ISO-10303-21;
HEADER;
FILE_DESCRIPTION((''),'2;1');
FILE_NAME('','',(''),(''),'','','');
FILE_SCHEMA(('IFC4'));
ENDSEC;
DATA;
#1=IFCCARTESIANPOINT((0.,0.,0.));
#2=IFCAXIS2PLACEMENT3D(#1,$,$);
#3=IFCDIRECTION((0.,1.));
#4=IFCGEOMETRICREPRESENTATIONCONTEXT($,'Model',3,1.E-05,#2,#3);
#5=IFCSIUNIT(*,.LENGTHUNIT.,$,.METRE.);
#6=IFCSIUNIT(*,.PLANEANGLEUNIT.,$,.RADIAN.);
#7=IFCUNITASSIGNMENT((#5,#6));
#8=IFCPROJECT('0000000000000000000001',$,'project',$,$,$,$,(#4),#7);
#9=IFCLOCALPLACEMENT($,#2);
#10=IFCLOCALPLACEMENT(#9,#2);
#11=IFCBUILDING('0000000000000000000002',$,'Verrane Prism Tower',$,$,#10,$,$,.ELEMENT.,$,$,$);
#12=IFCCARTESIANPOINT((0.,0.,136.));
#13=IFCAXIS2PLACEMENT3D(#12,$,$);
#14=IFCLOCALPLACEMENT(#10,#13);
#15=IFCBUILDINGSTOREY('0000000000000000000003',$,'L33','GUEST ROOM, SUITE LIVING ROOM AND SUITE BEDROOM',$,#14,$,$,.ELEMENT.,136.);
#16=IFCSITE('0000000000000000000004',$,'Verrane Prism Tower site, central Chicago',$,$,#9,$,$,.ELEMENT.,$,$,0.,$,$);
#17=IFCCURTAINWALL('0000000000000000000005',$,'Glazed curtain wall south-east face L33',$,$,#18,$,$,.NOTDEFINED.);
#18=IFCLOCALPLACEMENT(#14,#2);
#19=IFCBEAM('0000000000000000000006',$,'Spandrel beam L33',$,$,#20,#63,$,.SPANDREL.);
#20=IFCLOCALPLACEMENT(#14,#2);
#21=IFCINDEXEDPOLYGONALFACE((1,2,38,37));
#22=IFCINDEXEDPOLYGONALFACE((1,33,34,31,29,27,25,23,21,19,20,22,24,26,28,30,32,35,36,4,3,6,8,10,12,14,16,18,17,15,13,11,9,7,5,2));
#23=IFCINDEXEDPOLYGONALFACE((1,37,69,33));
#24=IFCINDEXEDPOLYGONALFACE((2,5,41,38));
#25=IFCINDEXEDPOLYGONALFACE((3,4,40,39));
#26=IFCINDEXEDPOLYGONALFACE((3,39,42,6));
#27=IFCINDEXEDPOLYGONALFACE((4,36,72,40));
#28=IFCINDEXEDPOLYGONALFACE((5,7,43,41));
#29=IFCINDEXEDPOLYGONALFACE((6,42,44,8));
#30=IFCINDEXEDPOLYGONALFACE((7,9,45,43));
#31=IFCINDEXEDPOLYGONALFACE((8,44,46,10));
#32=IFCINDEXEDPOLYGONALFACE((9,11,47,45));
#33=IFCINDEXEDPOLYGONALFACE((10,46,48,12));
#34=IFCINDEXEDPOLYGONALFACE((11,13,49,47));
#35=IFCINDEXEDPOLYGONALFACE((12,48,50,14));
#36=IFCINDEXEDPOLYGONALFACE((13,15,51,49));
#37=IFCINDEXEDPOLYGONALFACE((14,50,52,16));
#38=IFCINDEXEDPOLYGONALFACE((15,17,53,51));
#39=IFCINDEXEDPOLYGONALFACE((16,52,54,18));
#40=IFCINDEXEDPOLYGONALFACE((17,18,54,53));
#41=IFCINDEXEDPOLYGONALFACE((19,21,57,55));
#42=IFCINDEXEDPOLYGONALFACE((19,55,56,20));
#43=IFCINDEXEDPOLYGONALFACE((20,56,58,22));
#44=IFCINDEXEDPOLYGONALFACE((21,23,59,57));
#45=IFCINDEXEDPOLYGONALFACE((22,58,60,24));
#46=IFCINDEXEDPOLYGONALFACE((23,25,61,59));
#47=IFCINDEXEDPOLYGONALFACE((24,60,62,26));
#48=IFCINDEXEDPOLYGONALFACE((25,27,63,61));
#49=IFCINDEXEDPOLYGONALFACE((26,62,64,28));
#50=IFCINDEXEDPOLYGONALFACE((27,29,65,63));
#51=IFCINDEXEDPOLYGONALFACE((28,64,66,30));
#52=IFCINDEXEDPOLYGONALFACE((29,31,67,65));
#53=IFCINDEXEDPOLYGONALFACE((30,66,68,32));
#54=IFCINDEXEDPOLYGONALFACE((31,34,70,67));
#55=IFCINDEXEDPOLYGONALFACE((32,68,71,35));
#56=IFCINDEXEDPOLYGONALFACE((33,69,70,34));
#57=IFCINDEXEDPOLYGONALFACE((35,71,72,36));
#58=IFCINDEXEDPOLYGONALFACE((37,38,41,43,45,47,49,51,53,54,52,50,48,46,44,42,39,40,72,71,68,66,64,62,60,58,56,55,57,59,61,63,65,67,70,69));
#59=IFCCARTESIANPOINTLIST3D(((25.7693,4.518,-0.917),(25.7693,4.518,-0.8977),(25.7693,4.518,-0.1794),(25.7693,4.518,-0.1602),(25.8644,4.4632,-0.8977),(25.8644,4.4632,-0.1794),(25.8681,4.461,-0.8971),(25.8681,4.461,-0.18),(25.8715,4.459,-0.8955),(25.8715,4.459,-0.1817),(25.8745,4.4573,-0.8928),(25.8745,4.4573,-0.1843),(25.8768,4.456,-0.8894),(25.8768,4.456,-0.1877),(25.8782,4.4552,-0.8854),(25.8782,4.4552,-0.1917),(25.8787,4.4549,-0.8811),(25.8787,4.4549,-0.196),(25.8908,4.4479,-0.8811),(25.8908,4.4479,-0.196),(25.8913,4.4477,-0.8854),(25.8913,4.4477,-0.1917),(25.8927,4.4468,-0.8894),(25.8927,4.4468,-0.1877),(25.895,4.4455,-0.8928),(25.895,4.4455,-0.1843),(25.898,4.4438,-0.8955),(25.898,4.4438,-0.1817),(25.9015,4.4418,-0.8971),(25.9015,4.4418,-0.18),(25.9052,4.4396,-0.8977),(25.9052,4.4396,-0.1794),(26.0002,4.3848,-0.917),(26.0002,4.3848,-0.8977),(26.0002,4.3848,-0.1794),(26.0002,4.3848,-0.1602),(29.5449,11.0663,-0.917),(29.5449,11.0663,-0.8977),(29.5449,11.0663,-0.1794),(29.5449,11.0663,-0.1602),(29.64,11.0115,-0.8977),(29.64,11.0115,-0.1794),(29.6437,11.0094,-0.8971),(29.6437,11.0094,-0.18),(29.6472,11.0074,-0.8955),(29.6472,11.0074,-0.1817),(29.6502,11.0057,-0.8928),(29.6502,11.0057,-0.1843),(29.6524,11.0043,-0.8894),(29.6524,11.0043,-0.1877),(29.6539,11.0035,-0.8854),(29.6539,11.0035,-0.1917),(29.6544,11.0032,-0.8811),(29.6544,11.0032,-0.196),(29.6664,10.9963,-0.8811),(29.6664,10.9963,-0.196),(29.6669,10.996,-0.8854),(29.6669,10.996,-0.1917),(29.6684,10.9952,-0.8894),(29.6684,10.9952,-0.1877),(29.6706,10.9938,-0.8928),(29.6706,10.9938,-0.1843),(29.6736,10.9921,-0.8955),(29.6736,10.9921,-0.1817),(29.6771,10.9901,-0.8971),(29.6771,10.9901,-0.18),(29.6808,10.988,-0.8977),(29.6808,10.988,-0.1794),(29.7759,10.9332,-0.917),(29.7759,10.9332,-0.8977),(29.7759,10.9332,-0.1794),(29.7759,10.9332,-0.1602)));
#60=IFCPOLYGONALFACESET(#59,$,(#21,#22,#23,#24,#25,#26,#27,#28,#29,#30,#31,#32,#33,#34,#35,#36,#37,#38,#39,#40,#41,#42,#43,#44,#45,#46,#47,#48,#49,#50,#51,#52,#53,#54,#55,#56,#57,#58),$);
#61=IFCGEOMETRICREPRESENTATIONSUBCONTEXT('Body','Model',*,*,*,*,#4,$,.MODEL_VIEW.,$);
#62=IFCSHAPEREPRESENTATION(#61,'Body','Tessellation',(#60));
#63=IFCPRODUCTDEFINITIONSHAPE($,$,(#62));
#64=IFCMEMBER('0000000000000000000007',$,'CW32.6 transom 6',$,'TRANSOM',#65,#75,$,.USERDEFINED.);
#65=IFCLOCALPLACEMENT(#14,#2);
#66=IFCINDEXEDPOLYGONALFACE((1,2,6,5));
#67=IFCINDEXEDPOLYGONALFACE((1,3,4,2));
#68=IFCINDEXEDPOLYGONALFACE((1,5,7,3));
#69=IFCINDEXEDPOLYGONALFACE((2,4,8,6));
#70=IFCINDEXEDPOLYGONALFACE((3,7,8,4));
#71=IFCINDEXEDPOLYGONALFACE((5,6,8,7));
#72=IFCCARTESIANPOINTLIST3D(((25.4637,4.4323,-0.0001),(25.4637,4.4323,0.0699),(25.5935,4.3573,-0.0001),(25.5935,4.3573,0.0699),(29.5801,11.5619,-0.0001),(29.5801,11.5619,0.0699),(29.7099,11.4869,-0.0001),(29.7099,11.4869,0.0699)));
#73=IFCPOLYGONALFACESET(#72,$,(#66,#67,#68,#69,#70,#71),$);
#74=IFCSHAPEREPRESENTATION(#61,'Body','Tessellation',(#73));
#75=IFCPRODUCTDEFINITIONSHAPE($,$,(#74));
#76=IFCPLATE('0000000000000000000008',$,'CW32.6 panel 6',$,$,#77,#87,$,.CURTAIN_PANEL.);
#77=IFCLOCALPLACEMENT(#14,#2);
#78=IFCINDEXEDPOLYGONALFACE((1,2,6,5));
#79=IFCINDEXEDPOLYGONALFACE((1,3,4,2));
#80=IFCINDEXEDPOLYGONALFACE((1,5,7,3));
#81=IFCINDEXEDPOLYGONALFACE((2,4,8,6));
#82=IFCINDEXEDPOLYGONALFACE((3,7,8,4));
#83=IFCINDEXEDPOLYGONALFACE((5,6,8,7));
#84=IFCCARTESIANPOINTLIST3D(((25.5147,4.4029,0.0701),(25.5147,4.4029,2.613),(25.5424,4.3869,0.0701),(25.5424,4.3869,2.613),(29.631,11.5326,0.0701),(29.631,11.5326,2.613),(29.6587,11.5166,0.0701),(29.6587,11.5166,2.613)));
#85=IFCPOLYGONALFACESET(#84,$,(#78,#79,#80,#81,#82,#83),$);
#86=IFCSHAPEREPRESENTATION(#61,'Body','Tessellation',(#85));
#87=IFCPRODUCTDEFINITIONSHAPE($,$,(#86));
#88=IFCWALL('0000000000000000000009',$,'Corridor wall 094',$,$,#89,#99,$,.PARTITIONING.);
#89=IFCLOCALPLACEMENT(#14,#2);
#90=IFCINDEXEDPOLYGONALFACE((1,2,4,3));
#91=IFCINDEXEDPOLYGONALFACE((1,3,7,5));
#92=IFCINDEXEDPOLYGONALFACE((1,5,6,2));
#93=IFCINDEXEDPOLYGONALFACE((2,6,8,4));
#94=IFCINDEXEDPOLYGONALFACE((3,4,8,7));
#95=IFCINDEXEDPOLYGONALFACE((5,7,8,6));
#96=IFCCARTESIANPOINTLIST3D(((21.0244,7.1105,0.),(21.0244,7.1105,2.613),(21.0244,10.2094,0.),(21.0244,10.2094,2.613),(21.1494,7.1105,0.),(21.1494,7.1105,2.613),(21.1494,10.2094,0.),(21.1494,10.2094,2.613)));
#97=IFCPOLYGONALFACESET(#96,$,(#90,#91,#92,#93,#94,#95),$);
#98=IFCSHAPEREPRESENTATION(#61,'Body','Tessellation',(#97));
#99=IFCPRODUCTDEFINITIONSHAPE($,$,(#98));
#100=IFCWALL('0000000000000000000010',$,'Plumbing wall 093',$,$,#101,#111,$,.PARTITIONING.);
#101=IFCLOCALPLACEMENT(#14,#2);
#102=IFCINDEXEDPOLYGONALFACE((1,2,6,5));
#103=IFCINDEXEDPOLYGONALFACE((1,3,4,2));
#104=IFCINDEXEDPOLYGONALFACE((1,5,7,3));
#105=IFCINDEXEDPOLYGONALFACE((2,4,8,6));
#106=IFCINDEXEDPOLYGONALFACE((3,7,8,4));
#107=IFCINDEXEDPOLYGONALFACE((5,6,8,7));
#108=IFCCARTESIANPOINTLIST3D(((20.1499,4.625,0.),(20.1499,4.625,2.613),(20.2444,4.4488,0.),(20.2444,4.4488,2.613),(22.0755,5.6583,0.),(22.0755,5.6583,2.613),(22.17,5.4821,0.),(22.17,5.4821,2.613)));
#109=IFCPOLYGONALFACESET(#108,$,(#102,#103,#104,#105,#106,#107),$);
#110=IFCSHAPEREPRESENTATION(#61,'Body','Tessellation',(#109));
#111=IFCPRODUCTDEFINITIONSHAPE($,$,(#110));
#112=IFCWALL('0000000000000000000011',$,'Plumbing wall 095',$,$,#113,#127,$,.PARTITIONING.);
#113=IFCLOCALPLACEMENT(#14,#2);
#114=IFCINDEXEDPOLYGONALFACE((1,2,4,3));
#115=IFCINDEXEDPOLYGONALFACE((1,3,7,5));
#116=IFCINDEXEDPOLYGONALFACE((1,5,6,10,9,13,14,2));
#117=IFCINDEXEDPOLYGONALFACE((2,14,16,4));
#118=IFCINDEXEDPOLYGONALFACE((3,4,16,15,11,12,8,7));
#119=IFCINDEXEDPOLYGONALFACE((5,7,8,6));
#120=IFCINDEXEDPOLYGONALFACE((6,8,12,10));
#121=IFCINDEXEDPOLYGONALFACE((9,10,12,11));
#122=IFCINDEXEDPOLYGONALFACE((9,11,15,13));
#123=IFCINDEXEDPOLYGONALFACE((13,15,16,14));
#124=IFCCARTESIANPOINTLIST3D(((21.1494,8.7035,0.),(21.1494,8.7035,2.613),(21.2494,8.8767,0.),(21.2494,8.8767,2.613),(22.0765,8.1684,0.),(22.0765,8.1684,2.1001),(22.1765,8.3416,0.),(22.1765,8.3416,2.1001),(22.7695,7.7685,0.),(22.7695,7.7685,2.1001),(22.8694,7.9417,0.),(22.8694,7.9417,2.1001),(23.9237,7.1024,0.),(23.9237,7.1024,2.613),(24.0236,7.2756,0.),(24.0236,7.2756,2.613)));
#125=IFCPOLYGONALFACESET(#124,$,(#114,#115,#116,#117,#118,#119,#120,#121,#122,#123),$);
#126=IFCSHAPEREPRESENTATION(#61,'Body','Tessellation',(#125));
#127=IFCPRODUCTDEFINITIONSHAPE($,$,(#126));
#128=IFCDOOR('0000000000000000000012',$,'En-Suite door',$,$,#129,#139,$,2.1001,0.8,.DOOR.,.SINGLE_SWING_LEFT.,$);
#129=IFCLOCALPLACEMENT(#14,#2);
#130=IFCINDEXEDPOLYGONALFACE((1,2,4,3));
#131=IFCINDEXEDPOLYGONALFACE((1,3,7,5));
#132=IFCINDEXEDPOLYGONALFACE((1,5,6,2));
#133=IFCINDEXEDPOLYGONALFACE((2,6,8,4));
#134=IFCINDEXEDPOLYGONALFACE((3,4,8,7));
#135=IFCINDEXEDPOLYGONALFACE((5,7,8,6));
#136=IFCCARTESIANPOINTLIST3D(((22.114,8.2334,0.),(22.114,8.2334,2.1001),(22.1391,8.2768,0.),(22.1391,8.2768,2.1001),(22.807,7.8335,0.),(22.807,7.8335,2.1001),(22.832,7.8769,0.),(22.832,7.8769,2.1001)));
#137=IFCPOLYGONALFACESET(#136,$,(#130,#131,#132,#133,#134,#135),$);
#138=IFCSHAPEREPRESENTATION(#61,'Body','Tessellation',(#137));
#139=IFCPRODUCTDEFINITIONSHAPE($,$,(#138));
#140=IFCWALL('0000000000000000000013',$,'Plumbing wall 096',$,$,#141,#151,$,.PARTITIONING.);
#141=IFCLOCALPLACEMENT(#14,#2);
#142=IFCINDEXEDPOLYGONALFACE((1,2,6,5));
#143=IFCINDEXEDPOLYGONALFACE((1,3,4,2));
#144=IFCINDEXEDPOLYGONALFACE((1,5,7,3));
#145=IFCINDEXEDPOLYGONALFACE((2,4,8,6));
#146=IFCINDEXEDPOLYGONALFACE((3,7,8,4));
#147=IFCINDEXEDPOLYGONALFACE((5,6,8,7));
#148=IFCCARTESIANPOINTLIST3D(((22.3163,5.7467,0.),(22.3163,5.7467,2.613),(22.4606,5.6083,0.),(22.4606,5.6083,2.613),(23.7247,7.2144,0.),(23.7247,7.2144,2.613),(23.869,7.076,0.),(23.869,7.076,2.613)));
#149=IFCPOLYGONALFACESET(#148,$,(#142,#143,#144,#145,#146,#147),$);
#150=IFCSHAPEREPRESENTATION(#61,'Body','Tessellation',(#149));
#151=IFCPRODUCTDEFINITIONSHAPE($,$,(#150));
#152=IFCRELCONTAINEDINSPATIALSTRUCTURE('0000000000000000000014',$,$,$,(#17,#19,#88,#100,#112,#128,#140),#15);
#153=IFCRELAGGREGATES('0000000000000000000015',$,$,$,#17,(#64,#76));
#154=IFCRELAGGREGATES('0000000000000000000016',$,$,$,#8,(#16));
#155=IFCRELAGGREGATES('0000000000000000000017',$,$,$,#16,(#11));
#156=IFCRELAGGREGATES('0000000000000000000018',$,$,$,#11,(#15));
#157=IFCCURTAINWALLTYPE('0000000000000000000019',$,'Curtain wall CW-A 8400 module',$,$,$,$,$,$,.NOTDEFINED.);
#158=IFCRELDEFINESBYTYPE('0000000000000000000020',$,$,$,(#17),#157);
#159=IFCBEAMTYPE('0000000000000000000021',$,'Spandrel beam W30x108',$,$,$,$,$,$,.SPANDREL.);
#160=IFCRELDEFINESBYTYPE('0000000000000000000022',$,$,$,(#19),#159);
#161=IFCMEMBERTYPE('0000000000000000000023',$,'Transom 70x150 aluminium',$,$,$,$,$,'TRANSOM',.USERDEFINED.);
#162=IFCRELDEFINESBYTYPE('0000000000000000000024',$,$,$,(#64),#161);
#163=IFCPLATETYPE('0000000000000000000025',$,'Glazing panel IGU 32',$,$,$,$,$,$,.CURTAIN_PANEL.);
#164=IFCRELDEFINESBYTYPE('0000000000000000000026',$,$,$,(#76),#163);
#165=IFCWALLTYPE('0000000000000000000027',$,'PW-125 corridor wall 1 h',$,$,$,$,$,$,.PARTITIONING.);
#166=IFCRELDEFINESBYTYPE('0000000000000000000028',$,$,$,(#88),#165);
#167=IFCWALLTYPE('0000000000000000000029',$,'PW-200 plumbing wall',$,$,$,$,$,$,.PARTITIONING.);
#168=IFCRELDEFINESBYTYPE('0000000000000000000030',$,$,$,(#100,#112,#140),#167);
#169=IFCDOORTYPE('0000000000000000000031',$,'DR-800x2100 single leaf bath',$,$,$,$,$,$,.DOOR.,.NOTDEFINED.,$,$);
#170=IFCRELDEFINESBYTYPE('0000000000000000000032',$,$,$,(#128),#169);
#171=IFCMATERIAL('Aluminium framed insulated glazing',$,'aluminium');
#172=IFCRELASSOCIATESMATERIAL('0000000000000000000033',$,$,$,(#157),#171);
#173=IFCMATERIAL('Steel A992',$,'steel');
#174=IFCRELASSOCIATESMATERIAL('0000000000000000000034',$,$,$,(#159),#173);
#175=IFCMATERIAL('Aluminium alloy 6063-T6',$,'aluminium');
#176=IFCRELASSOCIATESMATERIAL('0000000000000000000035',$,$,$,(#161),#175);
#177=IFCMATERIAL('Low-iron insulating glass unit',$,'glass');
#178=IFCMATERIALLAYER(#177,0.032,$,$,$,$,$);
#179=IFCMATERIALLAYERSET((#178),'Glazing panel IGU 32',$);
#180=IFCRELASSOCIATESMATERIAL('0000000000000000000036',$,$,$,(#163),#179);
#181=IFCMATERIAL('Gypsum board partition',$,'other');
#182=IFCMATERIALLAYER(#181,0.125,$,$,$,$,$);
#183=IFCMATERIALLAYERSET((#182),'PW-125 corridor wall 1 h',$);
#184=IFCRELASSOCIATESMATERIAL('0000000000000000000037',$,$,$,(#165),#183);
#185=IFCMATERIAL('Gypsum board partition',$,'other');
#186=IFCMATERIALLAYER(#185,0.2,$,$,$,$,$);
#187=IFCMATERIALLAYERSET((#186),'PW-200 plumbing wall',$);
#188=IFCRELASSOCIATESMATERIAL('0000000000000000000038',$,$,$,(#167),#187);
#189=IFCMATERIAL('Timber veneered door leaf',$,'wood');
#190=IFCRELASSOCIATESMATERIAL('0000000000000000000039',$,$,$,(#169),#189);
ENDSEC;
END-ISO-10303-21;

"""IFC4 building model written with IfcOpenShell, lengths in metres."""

from ifc_helpers import new_model, si_unit, direction, frame, frame_2d, origin, origin_2d, place, context, subcontext, project, spatial, rectangle, i_section, extrude, material, layer, layer_set, material_profile, profile_set, type_object, element, fill, aggregate, save


model = new_model("IFC4")

# Units and contexts
model_context = context("Model", 3, precision=1e-05, world=origin(), true_north=direction((0.0, 1.0)))
body_context = subcontext(model_context, "Body", "Model", "MODEL_VIEW")
ifc_project = project(units=[si_unit("LENGTHUNIT", "METRE"), si_unit("PLANEANGLEUNIT", "RADIAN")], contexts=[model_context])

# Site, building, storey
site_placement = place(None, origin())
site = spatial("IfcSite", under=ifc_project, at=site_placement, Name="Verrane Prism Tower site, central Chicago", CompositionType="ELEMENT", RefElevation=0.0)
building_placement = place(site_placement, origin())
building = spatial("IfcBuilding", under=site, at=building_placement, Name="Verrane Prism Tower", CompositionType="ELEMENT")
storey_placement = place(building_placement, frame((0.0, 0.0, 136.0)))
storey = spatial("IfcBuildingStorey", under=building, at=storey_placement, Name="L33", Description="GUEST ROOM, SUITE LIVING ROOM AND SUITE BEDROOM", CompositionType="ELEMENT", Elevation=136.0)

# Curtain wall
ifc_material_1 = material(Name="Aluminium framed insulated glazing", Category="aluminium")
curtain_wall_type = type_object("IfcCurtainWallType", Name="Curtain wall CW-A 8400 module", PredefinedType="NOTDEFINED", material=ifc_material_1)
curtain_wall_placement = place(storey_placement, origin())
curtain_wall = element("IfcCurtainWall", 1, at=curtain_wall_placement, inside=storey, type_object=curtain_wall_type, Name="Glazed curtain wall south-east face L33", PredefinedType="NOTDEFINED")

# Beam
ifc_material_2 = material(Name="Steel A992", Category="steel")
ifc_material_profile_1 = material_profile(ifc_material_2, i_section(OverallWidth=0.2666, OverallDepth=0.7568, WebThickness=0.0139, FlangeThickness=0.0193, FilletRadius=0.0166, at=origin_2d()), Name="W30x108")
ifc_profile_set_1 = profile_set([ifc_material_profile_1], Name="Steel A992")
beam_type_1 = type_object("IfcBeamType", Name="Spandrel beam W30x108", PredefinedType="SPANDREL", material=ifc_profile_set_1)
beam_1_placement = place(storey_placement, frame((25.8848, 4.4514, -0.5386), z_axis=(0.499499, 0.866315, 0.0), x_axis=(-0.866315, 0.499499, 0.0)))
element("IfcBeam", 2, at=beam_1_placement, inside=storey, type_object=beam_type_1, Name="Spandrel beam L33", PredefinedType="SPANDREL", context=body_context, shape_type="SweptSolid", body=[
    extrude(i_section(OverallWidth=0.2666, OverallDepth=0.7568, WebThickness=0.0139, FlangeThickness=0.0193, FilletRadius=0.0166, at=origin_2d()), origin(), (0.0, 0.0, 1.0), 7.5588),
])

# Member
ifc_material_3 = material(Name="Aluminium alloy 6063-T6", Category="aluminium")
ifc_material_profile_2 = material_profile(ifc_material_3, rectangle(XDim=0.1499, YDim=0.0701, at=origin_2d()), Name="Transom 70x150 aluminium")
ifc_profile_set_2 = profile_set([ifc_material_profile_2], Name="Aluminium alloy 6063-T6")
member_type_1 = type_object("IfcMemberType", Name="Transom 70x150 aluminium", ElementType="TRANSOM", PredefinedType="USERDEFINED", material=ifc_profile_set_2)
member_1_placement = place(storey_placement, frame((25.5286, 4.3948, 0.0349), z_axis=(0.500014, 0.866017, 0.0), x_axis=(-0.866017, 0.500014, 0.0)))
member_1 = element("IfcMember", 3, at=member_1_placement, type_object=member_type_1, Name="CW32.6 transom 6", ObjectType="TRANSOM", PredefinedType="USERDEFINED", context=body_context, shape_type="SweptSolid", body=[
    extrude(rectangle(XDim=0.1499, YDim=0.0701, at=origin_2d()), origin(), (0.0, 0.0, 1.0), 8.2327),
])

# Plate
ifc_material_4 = material(Name="Low-iron insulating glass unit", Category="glass")
ifc_layer_1 = layer(ifc_material_4, 0.032)
ifc_layer_set_1 = layer_set([ifc_layer_1], Name="Glazing panel IGU 32")
plate_type = type_object("IfcPlateType", Name="Glazing panel IGU 32", PredefinedType="CURTAIN_PANEL", material=ifc_layer_set_1)
plate_placement = place(storey_placement, frame((27.5867, 7.9597, 0.0701), z_axis=(0.0, 0.0, 1.0), x_axis=(0.5, 0.866025, 0.0)))
plate = element("IfcPlate", 4, at=plate_placement, type_object=plate_type, Name="CW32.6 panel 6", PredefinedType="CURTAIN_PANEL", context=body_context, shape_type="SweptSolid", body=[
    extrude(rectangle(XDim=8.2327, YDim=0.032, at=origin_2d()), origin(), (0.0, 0.0, 1.0), 2.543),
])
aggregate(curtain_wall, [member_1, plate])

# Walls
ifc_material_5 = material(Name="Gypsum board partition", Category="other")
ifc_layer_2 = layer(ifc_material_5, 0.125)
ifc_layer_set_2 = layer_set([ifc_layer_2], Name="PW-125 corridor wall 1 h")
wall_type_1 = type_object("IfcWallType", Name="PW-125 corridor wall 1 h", PredefinedType="PARTITIONING", material=ifc_layer_set_2)
wall_1_placement = place(storey_placement, frame((21.0869, 7.1106, 0.0), z_axis=(0.0, 0.0, 1.0), x_axis=(0.0, 1.0, 0.0)))
element("IfcWall", 5, at=wall_1_placement, inside=storey, type_object=wall_type_1, Name="Corridor wall 094", PredefinedType="PARTITIONING", context=body_context, shape_type="SweptSolid", body=[
    extrude(rectangle(XDim=3.0989, YDim=0.125, at=frame_2d((1.5493, 0.0))), origin(), (0.0, 0.0, 1.0), 2.613),
])
ifc_material_6 = material(Name="Gypsum board partition", Category="other")
ifc_layer_3 = layer(ifc_material_6, 0.2)
ifc_layer_set_3 = layer_set([ifc_layer_3], Name="PW-200 plumbing wall")
wall_type_2 = type_object("IfcWallType", Name="PW-200 plumbing wall", PredefinedType="PARTITIONING", material=ifc_layer_set_3)
wall_2_placement = place(storey_placement, frame((20.197, 4.5369, 0.0), z_axis=(0.0, 0.0, 1.0), x_axis=(0.881163, 0.472813, 0.0)))
element("IfcWall", 6, at=wall_2_placement, inside=storey, type_object=wall_type_2, Name="Plumbing wall 093", PredefinedType="PARTITIONING", context=body_context, shape_type="SweptSolid", body=[
    extrude(rectangle(XDim=2.1853, YDim=0.2, at=frame_2d((1.0928, 0.0))), origin(), (0.0, 0.0, 1.0), 2.613),
])

# Wall, opening, door
wall_3_placement = place(storey_placement, frame((23.9736, 7.189, 0.0), z_axis=(0.0, 0.0, 1.0), x_axis=(-0.866106, 0.499861, 0.0)))
wall_3 = element("IfcWall", 7, at=wall_3_placement, inside=storey, type_object=wall_type_2, Name="Plumbing wall 095", PredefinedType="PARTITIONING", context=body_context, shape_type="SweptSolid", body=[
    extrude(rectangle(XDim=3.2031, YDim=0.2, at=frame_2d((1.6016, 0.0))), origin(), (0.0, 0.0, 1.0), 2.613),
])
opening_placement = place(wall_3_placement, frame((1.3328, 0.0, 0.0)))
opening = element("IfcOpeningElement", 8, at=opening_placement, cuts=wall_3, PredefinedType="OPENING", context=body_context, shape_type="SweptSolid", body=[
    extrude(rectangle(XDim=0.8, YDim=2.1001, at=frame_2d((0.3999, 1.05))), frame((0.0, 0.1099, 0.0), z_axis=(0.0, -1.0, 0.0), x_axis=(1.0, 0.0, 0.0)), (0.0, 0.0, 1.0), 0.22),
])
ifc_material_7 = material(Name="Timber veneered door leaf", Category="wood")
door_type = type_object("IfcDoorType", Name="DR-800x2100 single leaf bath", OperationType="NOTDEFINED", PredefinedType="DOOR", material=ifc_material_7)
door_placement = place(opening_placement, origin())
door = element("IfcDoor", 9, at=door_placement, inside=storey, type_object=door_type, Name="En-Suite door", OperationType="SINGLE_SWING_LEFT", OverallHeight=2.1001, OverallWidth=0.8, PredefinedType="DOOR", context=body_context, shape_type="SweptSolid", body=[
    extrude(rectangle(XDim=0.8, YDim=2.1001, at=frame_2d((0.3999, 1.05))), frame((0.0, 0.0249, 0.0), z_axis=(0.0, -1.0, 0.0), x_axis=(1.0, 0.0, 0.0)), (0.0, 0.0, 1.0), 0.05),
])
fill(opening, door)

# Wall
wall_4_placement = place(storey_placement, frame((22.3884, 5.6775, 0.0), z_axis=(0.0, 0.0, 1.0), x_axis=(0.692374, 0.721538, 0.0)))
element("IfcWall", 10, at=wall_4_placement, inside=storey, type_object=wall_type_2, Name="Plumbing wall 096", PredefinedType="PARTITIONING", context=body_context, shape_type="SweptSolid", body=[
    extrude(rectangle(XDim=2.0342, YDim=0.2, at=frame_2d((1.0171, 0.0))), origin(), (0.0, 0.0, 1.0), 2.613),
])

save(model, "model.ifc")
